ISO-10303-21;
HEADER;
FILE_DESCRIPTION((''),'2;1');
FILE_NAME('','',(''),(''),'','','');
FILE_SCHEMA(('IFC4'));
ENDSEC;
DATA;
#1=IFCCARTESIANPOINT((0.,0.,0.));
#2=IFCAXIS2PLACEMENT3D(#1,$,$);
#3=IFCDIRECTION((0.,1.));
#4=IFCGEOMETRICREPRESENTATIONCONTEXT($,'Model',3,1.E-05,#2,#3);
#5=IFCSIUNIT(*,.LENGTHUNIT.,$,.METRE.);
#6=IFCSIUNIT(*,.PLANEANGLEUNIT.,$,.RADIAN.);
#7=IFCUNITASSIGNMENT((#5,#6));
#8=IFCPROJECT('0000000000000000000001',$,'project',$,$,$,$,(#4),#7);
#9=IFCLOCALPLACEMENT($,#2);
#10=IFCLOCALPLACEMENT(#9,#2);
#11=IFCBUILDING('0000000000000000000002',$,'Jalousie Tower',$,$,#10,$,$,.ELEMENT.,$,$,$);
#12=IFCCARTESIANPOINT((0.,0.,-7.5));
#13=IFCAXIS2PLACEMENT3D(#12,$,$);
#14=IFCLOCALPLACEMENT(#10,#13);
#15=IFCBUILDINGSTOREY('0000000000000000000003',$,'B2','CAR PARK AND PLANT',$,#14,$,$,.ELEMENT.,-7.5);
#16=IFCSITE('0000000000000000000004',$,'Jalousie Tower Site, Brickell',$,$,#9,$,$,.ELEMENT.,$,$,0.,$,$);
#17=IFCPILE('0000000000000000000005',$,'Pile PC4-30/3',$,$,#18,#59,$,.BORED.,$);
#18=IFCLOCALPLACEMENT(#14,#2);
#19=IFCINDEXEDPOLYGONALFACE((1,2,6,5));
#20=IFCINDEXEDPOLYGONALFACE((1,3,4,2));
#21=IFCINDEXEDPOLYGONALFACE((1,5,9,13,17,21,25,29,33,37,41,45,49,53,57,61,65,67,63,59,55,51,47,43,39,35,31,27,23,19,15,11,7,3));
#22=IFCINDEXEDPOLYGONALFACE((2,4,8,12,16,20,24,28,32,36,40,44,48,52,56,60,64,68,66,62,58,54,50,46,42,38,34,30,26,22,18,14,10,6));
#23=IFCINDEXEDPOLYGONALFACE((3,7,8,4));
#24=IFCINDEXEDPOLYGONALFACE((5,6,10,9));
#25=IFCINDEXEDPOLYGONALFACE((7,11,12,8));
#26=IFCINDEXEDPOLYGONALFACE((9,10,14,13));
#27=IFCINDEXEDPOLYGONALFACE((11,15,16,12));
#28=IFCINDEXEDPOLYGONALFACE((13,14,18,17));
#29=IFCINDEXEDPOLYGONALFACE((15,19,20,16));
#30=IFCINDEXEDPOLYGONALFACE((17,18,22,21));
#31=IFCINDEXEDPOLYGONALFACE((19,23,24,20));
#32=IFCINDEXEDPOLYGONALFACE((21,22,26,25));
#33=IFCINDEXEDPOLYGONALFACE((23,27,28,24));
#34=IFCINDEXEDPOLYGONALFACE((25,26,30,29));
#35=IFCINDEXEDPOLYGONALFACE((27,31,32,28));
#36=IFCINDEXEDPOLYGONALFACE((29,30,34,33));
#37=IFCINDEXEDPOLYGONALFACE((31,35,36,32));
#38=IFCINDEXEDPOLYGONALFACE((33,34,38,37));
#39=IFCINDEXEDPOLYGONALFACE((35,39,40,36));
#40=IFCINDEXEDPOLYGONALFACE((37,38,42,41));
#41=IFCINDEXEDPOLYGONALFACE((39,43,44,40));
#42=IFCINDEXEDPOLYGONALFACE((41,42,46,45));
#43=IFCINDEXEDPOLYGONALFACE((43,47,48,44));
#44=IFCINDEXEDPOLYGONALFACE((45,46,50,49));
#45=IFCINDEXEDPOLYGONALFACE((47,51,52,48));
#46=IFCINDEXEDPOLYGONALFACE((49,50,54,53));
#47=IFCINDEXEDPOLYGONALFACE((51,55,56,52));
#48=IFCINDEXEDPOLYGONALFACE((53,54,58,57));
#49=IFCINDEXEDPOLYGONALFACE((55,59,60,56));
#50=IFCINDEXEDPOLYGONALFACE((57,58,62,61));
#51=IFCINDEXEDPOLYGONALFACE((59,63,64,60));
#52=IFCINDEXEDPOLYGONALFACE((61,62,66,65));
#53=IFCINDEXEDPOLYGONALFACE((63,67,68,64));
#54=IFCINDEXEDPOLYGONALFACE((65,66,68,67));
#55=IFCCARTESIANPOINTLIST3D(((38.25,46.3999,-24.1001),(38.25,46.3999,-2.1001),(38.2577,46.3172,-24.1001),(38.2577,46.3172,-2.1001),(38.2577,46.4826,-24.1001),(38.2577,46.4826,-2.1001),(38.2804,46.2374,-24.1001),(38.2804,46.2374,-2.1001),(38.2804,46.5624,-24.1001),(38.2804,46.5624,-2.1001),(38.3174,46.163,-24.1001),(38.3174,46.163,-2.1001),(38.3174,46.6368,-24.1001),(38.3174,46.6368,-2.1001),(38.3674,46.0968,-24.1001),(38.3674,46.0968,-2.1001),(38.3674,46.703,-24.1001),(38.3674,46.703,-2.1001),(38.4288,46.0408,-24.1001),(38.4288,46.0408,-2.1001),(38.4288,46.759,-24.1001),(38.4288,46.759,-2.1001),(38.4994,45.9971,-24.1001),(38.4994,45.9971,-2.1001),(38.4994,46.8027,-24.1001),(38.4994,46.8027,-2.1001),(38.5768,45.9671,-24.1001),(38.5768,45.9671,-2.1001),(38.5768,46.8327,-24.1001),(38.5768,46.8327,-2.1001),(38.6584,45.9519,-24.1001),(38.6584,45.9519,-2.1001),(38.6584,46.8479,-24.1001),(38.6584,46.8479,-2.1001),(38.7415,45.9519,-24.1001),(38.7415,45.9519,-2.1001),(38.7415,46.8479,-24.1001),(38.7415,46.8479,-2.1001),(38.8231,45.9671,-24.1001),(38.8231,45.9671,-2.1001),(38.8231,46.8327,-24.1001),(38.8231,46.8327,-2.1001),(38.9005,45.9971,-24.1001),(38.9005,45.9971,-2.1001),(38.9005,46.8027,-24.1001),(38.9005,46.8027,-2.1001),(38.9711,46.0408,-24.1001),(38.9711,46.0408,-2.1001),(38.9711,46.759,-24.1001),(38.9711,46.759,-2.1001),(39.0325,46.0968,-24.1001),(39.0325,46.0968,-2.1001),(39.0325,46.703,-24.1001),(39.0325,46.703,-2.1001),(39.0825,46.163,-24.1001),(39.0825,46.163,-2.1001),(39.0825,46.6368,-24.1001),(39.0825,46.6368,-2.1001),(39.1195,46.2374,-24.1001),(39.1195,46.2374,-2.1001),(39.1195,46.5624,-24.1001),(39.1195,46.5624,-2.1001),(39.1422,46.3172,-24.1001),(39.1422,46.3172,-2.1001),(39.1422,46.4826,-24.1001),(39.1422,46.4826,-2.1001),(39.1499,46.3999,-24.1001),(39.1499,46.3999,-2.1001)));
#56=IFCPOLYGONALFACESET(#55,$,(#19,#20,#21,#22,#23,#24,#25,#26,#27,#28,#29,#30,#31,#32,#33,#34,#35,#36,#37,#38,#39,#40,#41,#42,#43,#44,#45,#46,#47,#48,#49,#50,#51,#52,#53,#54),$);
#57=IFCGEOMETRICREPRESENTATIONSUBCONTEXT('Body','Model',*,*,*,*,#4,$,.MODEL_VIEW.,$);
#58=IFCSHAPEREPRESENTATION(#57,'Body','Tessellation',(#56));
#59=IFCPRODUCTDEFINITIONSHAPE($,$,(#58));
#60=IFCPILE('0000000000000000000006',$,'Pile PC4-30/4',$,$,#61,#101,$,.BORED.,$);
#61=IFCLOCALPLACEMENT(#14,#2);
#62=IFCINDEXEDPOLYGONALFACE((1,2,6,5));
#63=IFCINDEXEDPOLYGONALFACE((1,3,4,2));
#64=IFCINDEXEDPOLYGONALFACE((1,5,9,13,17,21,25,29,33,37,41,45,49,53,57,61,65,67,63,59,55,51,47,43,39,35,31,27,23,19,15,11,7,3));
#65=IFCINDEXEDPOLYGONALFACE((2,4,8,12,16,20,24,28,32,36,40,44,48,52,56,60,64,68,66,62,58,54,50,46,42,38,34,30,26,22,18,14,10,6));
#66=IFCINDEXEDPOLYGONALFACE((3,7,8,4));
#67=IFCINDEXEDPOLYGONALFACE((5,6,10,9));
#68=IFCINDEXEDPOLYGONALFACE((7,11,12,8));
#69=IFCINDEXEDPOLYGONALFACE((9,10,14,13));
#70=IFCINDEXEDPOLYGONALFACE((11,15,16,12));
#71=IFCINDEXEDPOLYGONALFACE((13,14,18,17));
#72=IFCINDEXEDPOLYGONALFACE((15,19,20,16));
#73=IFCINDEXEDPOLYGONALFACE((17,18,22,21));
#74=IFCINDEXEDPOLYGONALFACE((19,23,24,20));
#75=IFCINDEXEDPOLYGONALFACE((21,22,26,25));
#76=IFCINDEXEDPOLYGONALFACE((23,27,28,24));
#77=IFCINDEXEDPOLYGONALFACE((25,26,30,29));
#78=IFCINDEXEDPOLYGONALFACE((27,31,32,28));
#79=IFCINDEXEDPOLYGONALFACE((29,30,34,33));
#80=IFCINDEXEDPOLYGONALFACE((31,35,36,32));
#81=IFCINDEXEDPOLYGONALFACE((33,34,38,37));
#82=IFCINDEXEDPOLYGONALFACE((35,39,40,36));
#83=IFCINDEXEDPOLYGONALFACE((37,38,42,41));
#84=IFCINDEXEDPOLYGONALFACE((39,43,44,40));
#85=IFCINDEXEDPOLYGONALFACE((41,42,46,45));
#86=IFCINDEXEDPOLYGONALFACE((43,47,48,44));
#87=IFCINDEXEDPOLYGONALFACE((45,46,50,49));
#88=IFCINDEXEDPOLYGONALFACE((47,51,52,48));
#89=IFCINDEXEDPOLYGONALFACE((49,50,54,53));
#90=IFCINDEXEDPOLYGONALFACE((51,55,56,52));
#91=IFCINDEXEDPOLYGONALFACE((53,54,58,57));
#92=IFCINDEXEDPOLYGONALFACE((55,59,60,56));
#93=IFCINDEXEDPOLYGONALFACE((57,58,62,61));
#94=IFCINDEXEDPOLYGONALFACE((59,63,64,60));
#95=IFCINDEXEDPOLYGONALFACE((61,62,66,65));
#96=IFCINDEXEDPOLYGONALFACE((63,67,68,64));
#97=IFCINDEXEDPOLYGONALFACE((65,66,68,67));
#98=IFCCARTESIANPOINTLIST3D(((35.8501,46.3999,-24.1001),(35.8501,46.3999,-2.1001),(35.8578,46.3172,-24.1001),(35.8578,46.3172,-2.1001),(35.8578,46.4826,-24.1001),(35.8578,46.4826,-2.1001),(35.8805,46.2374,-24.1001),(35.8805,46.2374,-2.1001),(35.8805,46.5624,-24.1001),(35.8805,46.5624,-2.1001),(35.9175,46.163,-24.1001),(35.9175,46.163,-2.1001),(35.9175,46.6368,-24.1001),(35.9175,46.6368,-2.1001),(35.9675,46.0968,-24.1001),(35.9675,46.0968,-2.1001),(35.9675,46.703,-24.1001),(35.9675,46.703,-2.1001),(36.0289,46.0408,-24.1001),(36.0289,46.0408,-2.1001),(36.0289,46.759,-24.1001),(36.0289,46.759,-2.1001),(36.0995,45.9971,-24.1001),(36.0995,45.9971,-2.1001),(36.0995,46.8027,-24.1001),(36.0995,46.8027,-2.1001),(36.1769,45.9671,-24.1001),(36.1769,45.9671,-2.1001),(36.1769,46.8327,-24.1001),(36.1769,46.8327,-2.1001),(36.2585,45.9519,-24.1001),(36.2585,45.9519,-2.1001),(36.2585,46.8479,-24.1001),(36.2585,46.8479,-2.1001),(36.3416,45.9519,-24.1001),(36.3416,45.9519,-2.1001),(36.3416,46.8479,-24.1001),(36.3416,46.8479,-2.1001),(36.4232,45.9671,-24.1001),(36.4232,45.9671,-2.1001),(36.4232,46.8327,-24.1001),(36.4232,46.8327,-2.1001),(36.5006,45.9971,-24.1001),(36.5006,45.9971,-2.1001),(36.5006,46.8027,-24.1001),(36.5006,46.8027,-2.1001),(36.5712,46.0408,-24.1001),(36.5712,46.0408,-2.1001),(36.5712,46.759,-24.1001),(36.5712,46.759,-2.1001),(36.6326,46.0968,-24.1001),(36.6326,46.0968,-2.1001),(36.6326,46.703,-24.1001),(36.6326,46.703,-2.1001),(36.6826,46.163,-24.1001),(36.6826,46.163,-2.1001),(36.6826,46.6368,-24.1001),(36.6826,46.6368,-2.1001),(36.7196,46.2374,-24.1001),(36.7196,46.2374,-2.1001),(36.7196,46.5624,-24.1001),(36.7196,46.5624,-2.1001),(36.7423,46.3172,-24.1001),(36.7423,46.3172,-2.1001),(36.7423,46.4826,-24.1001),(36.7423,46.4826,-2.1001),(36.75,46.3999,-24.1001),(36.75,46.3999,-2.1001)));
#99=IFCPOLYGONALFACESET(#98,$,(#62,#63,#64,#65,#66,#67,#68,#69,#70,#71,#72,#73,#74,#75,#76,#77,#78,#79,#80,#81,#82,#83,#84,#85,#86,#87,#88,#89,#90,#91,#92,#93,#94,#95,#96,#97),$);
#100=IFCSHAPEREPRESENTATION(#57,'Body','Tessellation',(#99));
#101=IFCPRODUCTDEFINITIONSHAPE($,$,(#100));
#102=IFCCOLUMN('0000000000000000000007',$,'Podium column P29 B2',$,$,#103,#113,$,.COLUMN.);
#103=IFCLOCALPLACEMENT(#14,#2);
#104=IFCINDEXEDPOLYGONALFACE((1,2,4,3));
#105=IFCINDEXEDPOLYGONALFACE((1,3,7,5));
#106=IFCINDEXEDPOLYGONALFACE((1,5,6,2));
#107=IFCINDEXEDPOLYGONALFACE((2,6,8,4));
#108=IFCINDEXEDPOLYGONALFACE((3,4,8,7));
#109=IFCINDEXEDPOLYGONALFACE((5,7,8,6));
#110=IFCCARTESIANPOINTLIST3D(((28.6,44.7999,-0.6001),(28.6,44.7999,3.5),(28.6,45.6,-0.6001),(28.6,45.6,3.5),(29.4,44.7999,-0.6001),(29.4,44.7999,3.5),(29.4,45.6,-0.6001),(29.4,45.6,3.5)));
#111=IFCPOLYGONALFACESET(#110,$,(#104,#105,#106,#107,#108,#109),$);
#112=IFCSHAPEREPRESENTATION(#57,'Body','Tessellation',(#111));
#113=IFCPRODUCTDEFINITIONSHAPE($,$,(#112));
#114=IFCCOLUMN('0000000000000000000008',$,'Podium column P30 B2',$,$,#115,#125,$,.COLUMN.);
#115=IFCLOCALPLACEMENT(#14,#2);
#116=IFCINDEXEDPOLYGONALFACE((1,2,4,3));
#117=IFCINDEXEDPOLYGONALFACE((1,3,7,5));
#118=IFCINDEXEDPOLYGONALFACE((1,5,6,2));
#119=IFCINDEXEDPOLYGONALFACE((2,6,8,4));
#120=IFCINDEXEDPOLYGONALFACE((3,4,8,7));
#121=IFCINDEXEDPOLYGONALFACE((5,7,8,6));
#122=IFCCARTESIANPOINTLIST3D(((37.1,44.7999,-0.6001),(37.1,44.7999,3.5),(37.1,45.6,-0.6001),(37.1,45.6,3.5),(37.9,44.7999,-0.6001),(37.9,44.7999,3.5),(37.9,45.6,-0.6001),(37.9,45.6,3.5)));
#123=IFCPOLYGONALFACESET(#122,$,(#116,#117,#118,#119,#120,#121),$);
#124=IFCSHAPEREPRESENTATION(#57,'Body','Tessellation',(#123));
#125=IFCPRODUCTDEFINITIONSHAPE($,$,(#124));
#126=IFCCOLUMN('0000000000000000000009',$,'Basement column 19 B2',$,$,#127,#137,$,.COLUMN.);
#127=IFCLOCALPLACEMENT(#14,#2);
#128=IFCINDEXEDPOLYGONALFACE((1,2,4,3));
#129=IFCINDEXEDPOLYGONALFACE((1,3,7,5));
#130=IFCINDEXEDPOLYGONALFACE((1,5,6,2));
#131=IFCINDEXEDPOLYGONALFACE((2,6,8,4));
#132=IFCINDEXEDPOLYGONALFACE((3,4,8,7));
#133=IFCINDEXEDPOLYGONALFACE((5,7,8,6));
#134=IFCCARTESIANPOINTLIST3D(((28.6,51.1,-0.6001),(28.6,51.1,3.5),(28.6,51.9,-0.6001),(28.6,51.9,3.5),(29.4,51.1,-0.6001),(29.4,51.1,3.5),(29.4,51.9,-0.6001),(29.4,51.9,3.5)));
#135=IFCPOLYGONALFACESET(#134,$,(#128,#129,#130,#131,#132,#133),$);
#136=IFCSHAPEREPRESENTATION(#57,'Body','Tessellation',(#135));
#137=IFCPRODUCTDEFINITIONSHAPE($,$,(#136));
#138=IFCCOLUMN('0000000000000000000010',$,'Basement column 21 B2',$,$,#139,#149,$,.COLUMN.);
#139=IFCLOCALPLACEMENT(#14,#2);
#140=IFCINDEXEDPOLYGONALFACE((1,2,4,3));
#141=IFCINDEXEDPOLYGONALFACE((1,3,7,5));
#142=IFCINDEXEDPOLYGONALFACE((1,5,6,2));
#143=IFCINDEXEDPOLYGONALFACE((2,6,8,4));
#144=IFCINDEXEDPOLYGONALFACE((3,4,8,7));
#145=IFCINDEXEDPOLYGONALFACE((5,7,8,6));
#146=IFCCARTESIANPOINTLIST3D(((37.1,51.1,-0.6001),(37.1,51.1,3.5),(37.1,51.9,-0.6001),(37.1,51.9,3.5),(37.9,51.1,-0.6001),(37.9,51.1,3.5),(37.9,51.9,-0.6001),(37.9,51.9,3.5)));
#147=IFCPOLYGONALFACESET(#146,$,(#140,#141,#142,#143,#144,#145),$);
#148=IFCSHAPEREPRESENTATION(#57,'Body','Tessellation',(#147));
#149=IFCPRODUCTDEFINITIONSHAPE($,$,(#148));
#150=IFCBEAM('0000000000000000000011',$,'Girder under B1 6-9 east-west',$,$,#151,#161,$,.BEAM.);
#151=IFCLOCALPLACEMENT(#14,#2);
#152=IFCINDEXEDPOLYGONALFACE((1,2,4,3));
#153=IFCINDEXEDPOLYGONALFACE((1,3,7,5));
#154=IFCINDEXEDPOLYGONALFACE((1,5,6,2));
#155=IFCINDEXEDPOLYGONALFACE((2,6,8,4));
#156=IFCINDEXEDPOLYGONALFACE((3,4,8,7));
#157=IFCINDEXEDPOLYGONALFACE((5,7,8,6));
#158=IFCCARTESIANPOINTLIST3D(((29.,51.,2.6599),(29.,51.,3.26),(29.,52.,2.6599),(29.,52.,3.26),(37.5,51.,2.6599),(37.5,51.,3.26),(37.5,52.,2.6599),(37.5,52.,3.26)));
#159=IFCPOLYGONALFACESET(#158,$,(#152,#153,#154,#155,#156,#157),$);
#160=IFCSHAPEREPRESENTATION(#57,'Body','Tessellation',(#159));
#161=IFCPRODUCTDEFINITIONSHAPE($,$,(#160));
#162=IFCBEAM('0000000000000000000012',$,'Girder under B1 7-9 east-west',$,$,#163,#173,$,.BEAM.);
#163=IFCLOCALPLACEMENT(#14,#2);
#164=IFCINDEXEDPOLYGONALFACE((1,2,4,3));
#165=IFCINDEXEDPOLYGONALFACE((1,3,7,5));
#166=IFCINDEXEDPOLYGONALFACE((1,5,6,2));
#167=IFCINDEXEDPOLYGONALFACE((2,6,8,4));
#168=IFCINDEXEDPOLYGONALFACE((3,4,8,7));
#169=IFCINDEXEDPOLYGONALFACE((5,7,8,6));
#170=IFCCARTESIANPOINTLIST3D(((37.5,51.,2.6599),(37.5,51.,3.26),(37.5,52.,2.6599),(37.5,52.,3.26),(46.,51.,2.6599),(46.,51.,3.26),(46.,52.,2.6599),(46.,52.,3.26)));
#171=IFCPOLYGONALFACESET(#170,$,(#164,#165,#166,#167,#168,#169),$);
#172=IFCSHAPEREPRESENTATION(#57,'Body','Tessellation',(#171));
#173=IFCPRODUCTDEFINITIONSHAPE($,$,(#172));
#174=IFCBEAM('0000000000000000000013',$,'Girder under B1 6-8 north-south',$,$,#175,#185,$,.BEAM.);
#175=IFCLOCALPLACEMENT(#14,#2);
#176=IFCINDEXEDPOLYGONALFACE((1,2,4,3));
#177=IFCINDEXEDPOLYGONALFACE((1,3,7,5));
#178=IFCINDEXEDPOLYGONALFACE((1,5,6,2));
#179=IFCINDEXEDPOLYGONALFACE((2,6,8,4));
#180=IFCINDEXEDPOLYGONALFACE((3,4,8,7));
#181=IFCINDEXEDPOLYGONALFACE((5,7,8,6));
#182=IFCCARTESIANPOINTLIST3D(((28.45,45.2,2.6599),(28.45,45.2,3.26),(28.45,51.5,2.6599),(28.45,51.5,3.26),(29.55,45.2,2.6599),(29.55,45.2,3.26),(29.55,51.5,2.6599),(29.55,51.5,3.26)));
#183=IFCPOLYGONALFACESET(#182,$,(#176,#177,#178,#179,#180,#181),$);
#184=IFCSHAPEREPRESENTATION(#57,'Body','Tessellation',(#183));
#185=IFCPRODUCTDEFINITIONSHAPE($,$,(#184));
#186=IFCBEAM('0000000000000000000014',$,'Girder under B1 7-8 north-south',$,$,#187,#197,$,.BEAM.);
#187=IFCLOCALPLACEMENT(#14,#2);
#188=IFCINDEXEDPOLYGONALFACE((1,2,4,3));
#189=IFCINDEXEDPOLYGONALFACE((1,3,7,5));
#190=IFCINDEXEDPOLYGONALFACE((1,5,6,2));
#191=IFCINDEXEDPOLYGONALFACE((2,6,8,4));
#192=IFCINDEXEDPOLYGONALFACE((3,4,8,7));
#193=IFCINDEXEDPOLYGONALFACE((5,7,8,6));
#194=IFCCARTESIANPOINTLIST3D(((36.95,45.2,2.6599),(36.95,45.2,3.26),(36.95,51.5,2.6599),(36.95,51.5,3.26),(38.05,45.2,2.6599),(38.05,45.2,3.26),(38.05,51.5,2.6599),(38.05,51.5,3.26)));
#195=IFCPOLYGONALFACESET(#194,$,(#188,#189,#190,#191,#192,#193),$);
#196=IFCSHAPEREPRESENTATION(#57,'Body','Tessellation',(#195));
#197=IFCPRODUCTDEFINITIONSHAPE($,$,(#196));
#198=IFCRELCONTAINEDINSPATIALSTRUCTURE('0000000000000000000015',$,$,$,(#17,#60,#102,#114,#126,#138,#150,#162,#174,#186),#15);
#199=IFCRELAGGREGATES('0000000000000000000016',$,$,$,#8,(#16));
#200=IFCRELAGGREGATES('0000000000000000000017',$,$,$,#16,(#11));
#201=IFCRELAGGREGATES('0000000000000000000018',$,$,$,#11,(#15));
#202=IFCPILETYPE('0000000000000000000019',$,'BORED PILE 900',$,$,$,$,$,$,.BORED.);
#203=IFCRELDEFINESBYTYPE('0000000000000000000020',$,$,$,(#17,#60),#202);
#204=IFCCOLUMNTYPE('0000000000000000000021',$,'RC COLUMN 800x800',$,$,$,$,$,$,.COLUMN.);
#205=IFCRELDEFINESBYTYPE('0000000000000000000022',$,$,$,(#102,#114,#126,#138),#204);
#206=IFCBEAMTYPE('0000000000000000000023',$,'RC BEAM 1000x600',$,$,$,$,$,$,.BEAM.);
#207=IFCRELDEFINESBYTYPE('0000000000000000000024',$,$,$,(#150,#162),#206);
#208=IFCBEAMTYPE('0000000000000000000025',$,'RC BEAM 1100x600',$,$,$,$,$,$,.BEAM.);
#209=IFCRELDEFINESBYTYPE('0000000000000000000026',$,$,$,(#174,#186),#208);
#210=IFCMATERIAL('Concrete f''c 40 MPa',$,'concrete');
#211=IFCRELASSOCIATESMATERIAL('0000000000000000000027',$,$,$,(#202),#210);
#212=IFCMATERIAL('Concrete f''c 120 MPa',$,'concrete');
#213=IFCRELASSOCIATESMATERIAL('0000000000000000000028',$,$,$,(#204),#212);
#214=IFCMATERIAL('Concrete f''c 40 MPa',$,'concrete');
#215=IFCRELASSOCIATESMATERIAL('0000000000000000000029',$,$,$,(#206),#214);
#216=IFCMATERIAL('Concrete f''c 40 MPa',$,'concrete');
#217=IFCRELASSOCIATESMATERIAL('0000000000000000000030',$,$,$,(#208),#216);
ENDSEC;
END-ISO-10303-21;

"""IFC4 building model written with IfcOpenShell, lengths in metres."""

from ifc_helpers import new_model, si_unit, direction, frame, origin, origin_2d, place, context, subcontext, project, spatial, rectangle, circle, extrude, material, material_profile, profile_set, type_object, element, save


model = new_model("IFC4")

# Units and contexts
model_context = context("Model", 3, precision=1e-05, world=origin(), true_north=direction((0.0, 1.0)))
body_context = subcontext(model_context, "Body", "Model", "MODEL_VIEW")
ifc_project = project(units=[si_unit("LENGTHUNIT", "METRE"), si_unit("PLANEANGLEUNIT", "RADIAN")], contexts=[model_context])

# Site, building, storey
site_placement = place(None, origin())
site = spatial("IfcSite", under=ifc_project, at=site_placement, Name="Jalousie Tower Site, Brickell", CompositionType="ELEMENT", RefElevation=0.0)
building_placement = place(site_placement, origin())
building = spatial("IfcBuilding", under=site, at=building_placement, Name="Jalousie Tower", CompositionType="ELEMENT")
storey_placement = place(building_placement, frame((0.0, 0.0, -7.5)))
storey = spatial("IfcBuildingStorey", under=building, at=storey_placement, Name="B2", Description="CAR PARK AND PLANT", CompositionType="ELEMENT", Elevation=-7.5)

# Piles
ifc_material_1 = material(Name="Concrete f'c 40 MPa", Category="concrete")
ifc_material_profile_1 = material_profile(ifc_material_1, circle(Radius=0.45, at=origin_2d()), Name="BORED PILE D900")
ifc_profile_set_1 = profile_set([ifc_material_profile_1], Name="Concrete f'c 40 MPa")
pile_type_1 = type_object("IfcPileType", Name="BORED PILE 900", PredefinedType="BORED", material=ifc_profile_set_1)
for number, where, z_axis, x_axis, name in (
    (1, (38.7, 46.3999, -2.1001), (0.0, 0.0, -1.0), (1.0, 0.0, 0.0), "Pile PC4-30/3"),
    (2, (36.3, 46.3999, -2.1001), (0.0, 0.0, -1.0), (1.0, 0.0, 0.0), "Pile PC4-30/4"),
):
    element("IfcPile", number, at=place(storey_placement, frame(where, z_axis=z_axis, x_axis=x_axis)), inside=storey, type_object=pile_type_1, Name=name, PredefinedType="BORED", context=body_context, shape_type="SweptSolid", body=[
        extrude(circle(Radius=0.45, at=origin_2d()), origin(), (0.0, 0.0, 1.0), 22.0),
    ])

# Columns
ifc_material_2 = material(Name="Concrete f'c 120 MPa", Category="concrete")
ifc_material_profile_2 = material_profile(ifc_material_2, rectangle(XDim=0.8, YDim=0.8, at=origin_2d()), Name="RC 800x800")
ifc_profile_set_2 = profile_set([ifc_material_profile_2], Name="Concrete f'c 120 MPa")
column_type = type_object("IfcColumnType", Name="RC COLUMN 800x800", PredefinedType="COLUMN", material=ifc_profile_set_2)
for number, where, z_axis, x_axis, name in (
    (3, (29.0, 45.2, -0.6001), (0.0, 0.0, 1.0), (1.0, 0.0, 0.0), "Podium column P29 B2"),
    (4, (37.5, 45.2, -0.6001), (0.0, 0.0, 1.0), (1.0, 0.0, 0.0), "Podium column P30 B2"),
    (5, (29.0, 51.5, -0.6001), (0.0, 0.0, 1.0), (1.0, 0.0, 0.0), "Basement column 19 B2"),
    (6, (37.5, 51.5, -0.6001), (0.0, 0.0, 1.0), (1.0, 0.0, 0.0), "Basement column 21 B2"),
):
    element("IfcColumn", number, at=place(storey_placement, frame(where, z_axis=z_axis, x_axis=x_axis)), inside=storey, type_object=column_type, Name=name, PredefinedType="COLUMN", context=body_context, shape_type="SweptSolid", body=[
        extrude(rectangle(XDim=0.8, YDim=0.8, at=origin_2d()), origin(), (0.0, 0.0, 1.0), 4.1001),
    ])

# Beams
ifc_material_3 = material(Name="Concrete f'c 40 MPa", Category="concrete")
ifc_material_profile_3 = material_profile(ifc_material_3, rectangle(XDim=1.0, YDim=0.6001, at=origin_2d()), Name="RC 1000x600")
ifc_profile_set_3 = profile_set([ifc_material_profile_3], Name="Concrete f'c 40 MPa")
beam_type_1 = type_object("IfcBeamType", Name="RC BEAM 1000x600", PredefinedType="BEAM", material=ifc_profile_set_3)
for number, where, z_axis, x_axis, name in (
    (7, (29.0, 51.5, 2.96), (1.0, 0.0, 0.0), (0.0, 1.0, 0.0), "Girder under B1 6-9 east-west"),
    (8, (37.5, 51.5, 2.96), (1.0, 0.0, 0.0), (0.0, 1.0, 0.0), "Girder under B1 7-9 east-west"),
):
    element("IfcBeam", number, at=place(storey_placement, frame(where, z_axis=z_axis, x_axis=x_axis)), inside=storey, type_object=beam_type_1, Name=name, PredefinedType="BEAM", context=body_context, shape_type="SweptSolid", body=[
        extrude(rectangle(XDim=1.0, YDim=0.6001, at=origin_2d()), origin(), (0.0, 0.0, 1.0), 8.5),
    ])
ifc_material_4 = material(Name="Concrete f'c 40 MPa", Category="concrete")
ifc_material_profile_4 = material_profile(ifc_material_4, rectangle(XDim=1.1001, YDim=0.6001, at=origin_2d()), Name="RC 1100x600")
ifc_profile_set_4 = profile_set([ifc_material_profile_4], Name="Concrete f'c 40 MPa")
beam_type_2 = type_object("IfcBeamType", Name="RC BEAM 1100x600", PredefinedType="BEAM", material=ifc_profile_set_4)
for number, where, z_axis, x_axis, name in (
    (9, (29.0, 45.2, 2.96), (0.0, 1.0, 0.0), (-1.0, 0.0, 0.0), "Girder under B1 6-8 north-south"),
    (10, (37.5, 45.2, 2.96), (0.0, 1.0, 0.0), (-1.0, 0.0, 0.0), "Girder under B1 7-8 north-south"),
):
    element("IfcBeam", number, at=place(storey_placement, frame(where, z_axis=z_axis, x_axis=x_axis)), inside=storey, type_object=beam_type_2, Name=name, PredefinedType="BEAM", context=body_context, shape_type="SweptSolid", body=[
        extrude(rectangle(XDim=1.1001, YDim=0.6001, at=origin_2d()), origin(), (0.0, 0.0, 1.0), 6.3),
    ])

save(model, "model.ifc")
